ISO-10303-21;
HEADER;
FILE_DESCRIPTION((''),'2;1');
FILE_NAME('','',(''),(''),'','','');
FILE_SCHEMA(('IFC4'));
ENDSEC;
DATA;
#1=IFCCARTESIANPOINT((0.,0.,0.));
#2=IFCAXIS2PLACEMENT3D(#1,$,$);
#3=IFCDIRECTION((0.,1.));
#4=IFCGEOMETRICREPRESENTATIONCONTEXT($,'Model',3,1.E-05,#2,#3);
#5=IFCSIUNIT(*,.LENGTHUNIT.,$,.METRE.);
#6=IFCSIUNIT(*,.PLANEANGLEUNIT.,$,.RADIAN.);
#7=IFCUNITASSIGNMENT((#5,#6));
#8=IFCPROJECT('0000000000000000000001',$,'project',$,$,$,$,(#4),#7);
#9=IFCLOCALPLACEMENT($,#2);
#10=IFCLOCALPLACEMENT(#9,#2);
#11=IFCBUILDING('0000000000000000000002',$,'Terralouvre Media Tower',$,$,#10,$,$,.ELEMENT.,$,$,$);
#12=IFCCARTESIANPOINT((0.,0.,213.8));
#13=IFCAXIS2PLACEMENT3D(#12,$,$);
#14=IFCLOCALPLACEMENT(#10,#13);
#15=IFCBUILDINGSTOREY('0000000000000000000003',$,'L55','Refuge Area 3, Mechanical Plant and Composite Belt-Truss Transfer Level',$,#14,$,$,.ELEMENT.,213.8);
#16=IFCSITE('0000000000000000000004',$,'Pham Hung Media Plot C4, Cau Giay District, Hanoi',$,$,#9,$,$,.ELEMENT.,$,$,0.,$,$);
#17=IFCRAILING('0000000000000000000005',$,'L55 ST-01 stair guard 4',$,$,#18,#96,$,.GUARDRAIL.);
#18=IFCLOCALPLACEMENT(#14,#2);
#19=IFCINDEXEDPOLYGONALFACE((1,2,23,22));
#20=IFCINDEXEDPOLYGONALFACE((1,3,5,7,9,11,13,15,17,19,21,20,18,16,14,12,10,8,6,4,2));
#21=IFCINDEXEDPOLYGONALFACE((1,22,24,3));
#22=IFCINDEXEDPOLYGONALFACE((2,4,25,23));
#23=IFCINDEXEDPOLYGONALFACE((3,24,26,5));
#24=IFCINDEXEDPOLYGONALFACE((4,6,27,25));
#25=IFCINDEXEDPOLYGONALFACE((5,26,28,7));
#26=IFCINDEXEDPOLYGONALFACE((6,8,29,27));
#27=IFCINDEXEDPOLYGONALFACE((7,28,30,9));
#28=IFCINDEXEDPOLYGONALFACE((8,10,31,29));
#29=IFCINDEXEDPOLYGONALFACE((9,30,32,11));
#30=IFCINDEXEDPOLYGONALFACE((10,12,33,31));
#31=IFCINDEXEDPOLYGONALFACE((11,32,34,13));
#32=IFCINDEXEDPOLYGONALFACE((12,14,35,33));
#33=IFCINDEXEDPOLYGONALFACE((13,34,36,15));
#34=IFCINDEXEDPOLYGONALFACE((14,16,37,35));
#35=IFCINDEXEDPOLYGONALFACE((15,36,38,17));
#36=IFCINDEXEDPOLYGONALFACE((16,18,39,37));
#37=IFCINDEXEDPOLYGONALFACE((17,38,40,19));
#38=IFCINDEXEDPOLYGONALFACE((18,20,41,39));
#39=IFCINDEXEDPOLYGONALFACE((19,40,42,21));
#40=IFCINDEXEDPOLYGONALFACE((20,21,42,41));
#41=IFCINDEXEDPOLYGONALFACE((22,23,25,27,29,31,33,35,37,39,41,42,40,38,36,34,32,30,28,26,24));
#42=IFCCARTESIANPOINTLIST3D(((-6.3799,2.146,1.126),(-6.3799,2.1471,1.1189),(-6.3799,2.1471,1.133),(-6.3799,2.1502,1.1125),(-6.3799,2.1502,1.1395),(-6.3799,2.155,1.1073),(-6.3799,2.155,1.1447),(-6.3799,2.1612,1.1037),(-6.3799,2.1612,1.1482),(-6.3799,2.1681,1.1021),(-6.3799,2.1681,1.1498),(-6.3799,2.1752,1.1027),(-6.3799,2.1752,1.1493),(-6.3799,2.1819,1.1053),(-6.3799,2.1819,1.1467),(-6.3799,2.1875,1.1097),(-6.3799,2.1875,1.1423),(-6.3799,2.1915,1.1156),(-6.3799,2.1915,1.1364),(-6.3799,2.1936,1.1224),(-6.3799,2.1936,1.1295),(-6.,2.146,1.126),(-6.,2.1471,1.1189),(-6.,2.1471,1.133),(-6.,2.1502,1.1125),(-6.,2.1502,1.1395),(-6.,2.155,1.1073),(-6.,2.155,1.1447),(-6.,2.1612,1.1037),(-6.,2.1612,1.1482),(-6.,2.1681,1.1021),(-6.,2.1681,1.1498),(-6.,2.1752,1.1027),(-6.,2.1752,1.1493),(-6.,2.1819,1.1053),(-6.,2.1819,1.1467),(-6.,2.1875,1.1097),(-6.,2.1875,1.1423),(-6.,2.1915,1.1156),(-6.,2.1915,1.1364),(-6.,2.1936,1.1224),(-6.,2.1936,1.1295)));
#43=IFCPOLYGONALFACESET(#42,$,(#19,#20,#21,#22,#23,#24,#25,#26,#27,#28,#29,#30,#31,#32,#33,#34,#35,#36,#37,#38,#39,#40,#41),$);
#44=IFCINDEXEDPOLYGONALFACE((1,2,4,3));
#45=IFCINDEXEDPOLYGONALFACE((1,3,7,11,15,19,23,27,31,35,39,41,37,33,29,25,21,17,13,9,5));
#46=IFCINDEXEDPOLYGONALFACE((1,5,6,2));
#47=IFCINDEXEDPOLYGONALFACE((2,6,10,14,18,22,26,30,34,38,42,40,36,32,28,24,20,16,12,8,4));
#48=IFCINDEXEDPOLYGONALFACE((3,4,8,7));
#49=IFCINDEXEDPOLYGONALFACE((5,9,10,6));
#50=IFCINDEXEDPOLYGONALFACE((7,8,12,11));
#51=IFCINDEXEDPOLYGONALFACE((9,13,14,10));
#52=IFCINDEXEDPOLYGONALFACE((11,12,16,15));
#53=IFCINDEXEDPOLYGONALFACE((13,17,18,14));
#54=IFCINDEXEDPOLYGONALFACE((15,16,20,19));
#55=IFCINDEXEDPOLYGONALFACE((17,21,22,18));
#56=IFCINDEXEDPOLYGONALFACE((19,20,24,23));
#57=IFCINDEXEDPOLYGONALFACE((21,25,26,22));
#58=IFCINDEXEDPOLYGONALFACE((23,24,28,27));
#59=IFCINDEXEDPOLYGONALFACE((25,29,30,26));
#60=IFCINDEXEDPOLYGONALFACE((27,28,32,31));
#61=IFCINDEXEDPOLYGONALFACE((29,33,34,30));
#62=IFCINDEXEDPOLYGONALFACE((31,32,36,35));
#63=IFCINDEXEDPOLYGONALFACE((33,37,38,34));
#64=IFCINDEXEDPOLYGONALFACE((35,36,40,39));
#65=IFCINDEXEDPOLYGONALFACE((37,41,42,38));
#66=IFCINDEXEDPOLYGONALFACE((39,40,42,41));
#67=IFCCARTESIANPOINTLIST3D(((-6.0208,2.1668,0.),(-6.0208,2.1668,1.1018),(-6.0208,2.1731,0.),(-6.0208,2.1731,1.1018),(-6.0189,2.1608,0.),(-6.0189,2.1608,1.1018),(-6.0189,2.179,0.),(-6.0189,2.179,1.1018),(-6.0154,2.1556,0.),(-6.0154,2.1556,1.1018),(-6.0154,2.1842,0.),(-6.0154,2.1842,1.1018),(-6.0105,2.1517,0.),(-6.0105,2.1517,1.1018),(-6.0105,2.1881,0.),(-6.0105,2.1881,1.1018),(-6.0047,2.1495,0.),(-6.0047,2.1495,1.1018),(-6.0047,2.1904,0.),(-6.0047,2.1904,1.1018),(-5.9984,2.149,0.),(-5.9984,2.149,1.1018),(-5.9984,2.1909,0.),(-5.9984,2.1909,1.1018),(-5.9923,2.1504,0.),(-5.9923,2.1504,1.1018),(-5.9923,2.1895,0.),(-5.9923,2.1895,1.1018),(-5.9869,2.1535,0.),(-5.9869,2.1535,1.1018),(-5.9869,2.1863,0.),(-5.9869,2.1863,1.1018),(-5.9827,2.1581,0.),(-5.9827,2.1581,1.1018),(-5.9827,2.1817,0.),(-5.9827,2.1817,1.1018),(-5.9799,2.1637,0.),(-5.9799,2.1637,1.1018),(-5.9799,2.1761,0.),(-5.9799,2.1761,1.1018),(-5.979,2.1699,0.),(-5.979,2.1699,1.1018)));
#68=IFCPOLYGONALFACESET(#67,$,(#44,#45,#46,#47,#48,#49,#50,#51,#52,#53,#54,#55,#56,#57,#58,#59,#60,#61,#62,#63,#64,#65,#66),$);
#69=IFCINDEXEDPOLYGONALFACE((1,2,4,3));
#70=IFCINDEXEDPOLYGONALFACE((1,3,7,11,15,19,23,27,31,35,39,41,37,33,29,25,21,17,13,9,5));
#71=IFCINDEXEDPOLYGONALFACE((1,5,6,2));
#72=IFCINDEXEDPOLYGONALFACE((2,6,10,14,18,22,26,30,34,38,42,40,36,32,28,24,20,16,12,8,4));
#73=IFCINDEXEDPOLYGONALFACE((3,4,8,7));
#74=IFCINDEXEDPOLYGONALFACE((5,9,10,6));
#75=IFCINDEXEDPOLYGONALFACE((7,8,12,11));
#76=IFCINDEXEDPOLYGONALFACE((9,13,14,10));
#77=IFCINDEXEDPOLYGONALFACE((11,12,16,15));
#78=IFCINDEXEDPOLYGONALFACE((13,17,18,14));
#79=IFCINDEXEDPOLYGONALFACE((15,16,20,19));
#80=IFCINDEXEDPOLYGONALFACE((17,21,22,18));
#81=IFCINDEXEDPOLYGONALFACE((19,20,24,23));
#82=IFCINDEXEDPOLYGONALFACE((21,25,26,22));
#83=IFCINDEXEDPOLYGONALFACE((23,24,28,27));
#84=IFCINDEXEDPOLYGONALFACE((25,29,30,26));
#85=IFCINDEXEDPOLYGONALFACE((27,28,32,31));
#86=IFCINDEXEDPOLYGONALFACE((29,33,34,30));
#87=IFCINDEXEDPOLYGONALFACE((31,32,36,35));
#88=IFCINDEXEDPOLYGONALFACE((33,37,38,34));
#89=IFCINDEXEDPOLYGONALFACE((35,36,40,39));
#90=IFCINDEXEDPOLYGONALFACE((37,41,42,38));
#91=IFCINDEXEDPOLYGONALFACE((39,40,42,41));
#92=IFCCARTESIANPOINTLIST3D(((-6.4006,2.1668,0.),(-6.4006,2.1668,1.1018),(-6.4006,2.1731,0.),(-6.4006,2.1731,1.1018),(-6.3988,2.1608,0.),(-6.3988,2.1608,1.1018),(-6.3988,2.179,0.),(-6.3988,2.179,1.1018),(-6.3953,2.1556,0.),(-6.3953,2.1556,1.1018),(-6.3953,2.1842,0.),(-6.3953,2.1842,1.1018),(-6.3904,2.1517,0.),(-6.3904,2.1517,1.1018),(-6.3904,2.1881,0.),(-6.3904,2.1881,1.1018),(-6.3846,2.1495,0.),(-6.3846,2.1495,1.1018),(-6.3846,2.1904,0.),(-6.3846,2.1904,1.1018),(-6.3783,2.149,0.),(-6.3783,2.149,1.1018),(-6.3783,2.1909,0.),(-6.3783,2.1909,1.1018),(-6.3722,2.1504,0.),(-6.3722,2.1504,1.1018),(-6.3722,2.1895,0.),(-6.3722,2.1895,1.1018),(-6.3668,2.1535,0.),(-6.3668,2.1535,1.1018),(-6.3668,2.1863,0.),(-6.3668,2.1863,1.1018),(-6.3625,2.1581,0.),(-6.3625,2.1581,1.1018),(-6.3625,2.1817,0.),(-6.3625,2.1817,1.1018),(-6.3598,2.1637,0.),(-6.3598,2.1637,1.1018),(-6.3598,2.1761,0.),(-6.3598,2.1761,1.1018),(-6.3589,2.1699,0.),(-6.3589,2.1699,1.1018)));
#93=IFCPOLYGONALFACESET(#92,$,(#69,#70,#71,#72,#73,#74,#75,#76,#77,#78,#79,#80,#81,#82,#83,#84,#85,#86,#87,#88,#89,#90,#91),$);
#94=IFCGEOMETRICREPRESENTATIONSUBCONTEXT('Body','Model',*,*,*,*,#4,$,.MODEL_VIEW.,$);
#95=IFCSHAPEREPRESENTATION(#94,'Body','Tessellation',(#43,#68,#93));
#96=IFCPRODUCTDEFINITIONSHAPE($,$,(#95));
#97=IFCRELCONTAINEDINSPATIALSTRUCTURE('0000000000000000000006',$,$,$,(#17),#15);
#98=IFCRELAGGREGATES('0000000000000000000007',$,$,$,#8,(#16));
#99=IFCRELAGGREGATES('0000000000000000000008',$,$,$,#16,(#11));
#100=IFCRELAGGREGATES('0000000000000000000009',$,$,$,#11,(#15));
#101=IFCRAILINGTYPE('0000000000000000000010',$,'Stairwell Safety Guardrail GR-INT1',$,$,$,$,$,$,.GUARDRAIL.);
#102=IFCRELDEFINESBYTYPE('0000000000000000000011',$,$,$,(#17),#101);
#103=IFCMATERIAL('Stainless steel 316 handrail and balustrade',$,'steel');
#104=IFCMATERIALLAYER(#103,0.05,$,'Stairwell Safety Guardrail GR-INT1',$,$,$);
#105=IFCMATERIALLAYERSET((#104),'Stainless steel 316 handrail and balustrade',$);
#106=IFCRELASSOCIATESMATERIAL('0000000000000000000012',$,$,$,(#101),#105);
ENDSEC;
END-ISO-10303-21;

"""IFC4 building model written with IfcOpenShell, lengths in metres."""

from ifc_helpers import new_model, si_unit, direction, frame, origin, origin_2d, place, context, subcontext, project, spatial, circle, extrude, material, layer, layer_set, type_object, element, save


model = new_model("IFC4")

# Units and contexts
model_context = context("Model", 3, precision=1e-05, world=origin(), true_north=direction((0.0, 1.0)))
body_context = subcontext(model_context, "Body", "Model", "MODEL_VIEW")
ifc_project = project(units=[si_unit("LENGTHUNIT", "METRE"), si_unit("PLANEANGLEUNIT", "RADIAN")], contexts=[model_context])

# Site, building, storey
site_placement = place(None, origin())
site = spatial("IfcSite", under=ifc_project, at=site_placement, Name="Pham Hung Media Plot C4, Cau Giay District, Hanoi", CompositionType="ELEMENT", RefElevation=0.0)
building_placement = place(site_placement, origin())
building = spatial("IfcBuilding", under=site, at=building_placement, Name="Terralouvre Media Tower", CompositionType="ELEMENT")
storey_placement = place(building_placement, frame((0.0, 0.0, 213.8)))
storey = spatial("IfcBuildingStorey", under=building, at=storey_placement, Name="L55", Description="Refuge Area 3, Mechanical Plant and Composite Belt-Truss Transfer Level", CompositionType="ELEMENT", Elevation=213.8)

# Railing
ifc_material_1 = material(Name="Stainless steel 316 handrail and balustrade", Category="steel")
ifc_layer_1 = layer(ifc_material_1, 0.05, Name="Stairwell Safety Guardrail GR-INT1")
ifc_layer_set_1 = layer_set([ifc_layer_1], Name="Stainless steel 316 handrail and balustrade")
railing_type_1 = type_object("IfcRailingType", Name="Stairwell Safety Guardrail GR-INT1", PredefinedType="GUARDRAIL", material=ifc_layer_set_1)
railing_1_placement = place(storey_placement, frame((-6.0, 2.1699, 0.0)))
element("IfcRailing", 1, at=railing_1_placement, inside=storey, type_object=railing_type_1, Name="L55 ST-01 stair guard 4", PredefinedType="GUARDRAIL", context=body_context, shape_type="SweptSolid", body=[
    extrude(circle(Radius=0.0239, at=origin_2d()), frame((0.0, 0.0, 1.126), z_axis=(-1.0, 0.0, 0.0), x_axis=(0.0, -1.0, 0.0)), (0.0, 0.0, 1.0), 0.3799),
    extrude(circle(Radius=0.021, at=origin_2d()), origin(), (0.0, 0.0, 1.0), 1.1018),
    extrude(circle(Radius=0.021, at=origin_2d()), frame((-0.3799, 0.0, 0.0)), (0.0, 0.0, 1.0), 1.1018),
])

save(model, "model.ifc")
